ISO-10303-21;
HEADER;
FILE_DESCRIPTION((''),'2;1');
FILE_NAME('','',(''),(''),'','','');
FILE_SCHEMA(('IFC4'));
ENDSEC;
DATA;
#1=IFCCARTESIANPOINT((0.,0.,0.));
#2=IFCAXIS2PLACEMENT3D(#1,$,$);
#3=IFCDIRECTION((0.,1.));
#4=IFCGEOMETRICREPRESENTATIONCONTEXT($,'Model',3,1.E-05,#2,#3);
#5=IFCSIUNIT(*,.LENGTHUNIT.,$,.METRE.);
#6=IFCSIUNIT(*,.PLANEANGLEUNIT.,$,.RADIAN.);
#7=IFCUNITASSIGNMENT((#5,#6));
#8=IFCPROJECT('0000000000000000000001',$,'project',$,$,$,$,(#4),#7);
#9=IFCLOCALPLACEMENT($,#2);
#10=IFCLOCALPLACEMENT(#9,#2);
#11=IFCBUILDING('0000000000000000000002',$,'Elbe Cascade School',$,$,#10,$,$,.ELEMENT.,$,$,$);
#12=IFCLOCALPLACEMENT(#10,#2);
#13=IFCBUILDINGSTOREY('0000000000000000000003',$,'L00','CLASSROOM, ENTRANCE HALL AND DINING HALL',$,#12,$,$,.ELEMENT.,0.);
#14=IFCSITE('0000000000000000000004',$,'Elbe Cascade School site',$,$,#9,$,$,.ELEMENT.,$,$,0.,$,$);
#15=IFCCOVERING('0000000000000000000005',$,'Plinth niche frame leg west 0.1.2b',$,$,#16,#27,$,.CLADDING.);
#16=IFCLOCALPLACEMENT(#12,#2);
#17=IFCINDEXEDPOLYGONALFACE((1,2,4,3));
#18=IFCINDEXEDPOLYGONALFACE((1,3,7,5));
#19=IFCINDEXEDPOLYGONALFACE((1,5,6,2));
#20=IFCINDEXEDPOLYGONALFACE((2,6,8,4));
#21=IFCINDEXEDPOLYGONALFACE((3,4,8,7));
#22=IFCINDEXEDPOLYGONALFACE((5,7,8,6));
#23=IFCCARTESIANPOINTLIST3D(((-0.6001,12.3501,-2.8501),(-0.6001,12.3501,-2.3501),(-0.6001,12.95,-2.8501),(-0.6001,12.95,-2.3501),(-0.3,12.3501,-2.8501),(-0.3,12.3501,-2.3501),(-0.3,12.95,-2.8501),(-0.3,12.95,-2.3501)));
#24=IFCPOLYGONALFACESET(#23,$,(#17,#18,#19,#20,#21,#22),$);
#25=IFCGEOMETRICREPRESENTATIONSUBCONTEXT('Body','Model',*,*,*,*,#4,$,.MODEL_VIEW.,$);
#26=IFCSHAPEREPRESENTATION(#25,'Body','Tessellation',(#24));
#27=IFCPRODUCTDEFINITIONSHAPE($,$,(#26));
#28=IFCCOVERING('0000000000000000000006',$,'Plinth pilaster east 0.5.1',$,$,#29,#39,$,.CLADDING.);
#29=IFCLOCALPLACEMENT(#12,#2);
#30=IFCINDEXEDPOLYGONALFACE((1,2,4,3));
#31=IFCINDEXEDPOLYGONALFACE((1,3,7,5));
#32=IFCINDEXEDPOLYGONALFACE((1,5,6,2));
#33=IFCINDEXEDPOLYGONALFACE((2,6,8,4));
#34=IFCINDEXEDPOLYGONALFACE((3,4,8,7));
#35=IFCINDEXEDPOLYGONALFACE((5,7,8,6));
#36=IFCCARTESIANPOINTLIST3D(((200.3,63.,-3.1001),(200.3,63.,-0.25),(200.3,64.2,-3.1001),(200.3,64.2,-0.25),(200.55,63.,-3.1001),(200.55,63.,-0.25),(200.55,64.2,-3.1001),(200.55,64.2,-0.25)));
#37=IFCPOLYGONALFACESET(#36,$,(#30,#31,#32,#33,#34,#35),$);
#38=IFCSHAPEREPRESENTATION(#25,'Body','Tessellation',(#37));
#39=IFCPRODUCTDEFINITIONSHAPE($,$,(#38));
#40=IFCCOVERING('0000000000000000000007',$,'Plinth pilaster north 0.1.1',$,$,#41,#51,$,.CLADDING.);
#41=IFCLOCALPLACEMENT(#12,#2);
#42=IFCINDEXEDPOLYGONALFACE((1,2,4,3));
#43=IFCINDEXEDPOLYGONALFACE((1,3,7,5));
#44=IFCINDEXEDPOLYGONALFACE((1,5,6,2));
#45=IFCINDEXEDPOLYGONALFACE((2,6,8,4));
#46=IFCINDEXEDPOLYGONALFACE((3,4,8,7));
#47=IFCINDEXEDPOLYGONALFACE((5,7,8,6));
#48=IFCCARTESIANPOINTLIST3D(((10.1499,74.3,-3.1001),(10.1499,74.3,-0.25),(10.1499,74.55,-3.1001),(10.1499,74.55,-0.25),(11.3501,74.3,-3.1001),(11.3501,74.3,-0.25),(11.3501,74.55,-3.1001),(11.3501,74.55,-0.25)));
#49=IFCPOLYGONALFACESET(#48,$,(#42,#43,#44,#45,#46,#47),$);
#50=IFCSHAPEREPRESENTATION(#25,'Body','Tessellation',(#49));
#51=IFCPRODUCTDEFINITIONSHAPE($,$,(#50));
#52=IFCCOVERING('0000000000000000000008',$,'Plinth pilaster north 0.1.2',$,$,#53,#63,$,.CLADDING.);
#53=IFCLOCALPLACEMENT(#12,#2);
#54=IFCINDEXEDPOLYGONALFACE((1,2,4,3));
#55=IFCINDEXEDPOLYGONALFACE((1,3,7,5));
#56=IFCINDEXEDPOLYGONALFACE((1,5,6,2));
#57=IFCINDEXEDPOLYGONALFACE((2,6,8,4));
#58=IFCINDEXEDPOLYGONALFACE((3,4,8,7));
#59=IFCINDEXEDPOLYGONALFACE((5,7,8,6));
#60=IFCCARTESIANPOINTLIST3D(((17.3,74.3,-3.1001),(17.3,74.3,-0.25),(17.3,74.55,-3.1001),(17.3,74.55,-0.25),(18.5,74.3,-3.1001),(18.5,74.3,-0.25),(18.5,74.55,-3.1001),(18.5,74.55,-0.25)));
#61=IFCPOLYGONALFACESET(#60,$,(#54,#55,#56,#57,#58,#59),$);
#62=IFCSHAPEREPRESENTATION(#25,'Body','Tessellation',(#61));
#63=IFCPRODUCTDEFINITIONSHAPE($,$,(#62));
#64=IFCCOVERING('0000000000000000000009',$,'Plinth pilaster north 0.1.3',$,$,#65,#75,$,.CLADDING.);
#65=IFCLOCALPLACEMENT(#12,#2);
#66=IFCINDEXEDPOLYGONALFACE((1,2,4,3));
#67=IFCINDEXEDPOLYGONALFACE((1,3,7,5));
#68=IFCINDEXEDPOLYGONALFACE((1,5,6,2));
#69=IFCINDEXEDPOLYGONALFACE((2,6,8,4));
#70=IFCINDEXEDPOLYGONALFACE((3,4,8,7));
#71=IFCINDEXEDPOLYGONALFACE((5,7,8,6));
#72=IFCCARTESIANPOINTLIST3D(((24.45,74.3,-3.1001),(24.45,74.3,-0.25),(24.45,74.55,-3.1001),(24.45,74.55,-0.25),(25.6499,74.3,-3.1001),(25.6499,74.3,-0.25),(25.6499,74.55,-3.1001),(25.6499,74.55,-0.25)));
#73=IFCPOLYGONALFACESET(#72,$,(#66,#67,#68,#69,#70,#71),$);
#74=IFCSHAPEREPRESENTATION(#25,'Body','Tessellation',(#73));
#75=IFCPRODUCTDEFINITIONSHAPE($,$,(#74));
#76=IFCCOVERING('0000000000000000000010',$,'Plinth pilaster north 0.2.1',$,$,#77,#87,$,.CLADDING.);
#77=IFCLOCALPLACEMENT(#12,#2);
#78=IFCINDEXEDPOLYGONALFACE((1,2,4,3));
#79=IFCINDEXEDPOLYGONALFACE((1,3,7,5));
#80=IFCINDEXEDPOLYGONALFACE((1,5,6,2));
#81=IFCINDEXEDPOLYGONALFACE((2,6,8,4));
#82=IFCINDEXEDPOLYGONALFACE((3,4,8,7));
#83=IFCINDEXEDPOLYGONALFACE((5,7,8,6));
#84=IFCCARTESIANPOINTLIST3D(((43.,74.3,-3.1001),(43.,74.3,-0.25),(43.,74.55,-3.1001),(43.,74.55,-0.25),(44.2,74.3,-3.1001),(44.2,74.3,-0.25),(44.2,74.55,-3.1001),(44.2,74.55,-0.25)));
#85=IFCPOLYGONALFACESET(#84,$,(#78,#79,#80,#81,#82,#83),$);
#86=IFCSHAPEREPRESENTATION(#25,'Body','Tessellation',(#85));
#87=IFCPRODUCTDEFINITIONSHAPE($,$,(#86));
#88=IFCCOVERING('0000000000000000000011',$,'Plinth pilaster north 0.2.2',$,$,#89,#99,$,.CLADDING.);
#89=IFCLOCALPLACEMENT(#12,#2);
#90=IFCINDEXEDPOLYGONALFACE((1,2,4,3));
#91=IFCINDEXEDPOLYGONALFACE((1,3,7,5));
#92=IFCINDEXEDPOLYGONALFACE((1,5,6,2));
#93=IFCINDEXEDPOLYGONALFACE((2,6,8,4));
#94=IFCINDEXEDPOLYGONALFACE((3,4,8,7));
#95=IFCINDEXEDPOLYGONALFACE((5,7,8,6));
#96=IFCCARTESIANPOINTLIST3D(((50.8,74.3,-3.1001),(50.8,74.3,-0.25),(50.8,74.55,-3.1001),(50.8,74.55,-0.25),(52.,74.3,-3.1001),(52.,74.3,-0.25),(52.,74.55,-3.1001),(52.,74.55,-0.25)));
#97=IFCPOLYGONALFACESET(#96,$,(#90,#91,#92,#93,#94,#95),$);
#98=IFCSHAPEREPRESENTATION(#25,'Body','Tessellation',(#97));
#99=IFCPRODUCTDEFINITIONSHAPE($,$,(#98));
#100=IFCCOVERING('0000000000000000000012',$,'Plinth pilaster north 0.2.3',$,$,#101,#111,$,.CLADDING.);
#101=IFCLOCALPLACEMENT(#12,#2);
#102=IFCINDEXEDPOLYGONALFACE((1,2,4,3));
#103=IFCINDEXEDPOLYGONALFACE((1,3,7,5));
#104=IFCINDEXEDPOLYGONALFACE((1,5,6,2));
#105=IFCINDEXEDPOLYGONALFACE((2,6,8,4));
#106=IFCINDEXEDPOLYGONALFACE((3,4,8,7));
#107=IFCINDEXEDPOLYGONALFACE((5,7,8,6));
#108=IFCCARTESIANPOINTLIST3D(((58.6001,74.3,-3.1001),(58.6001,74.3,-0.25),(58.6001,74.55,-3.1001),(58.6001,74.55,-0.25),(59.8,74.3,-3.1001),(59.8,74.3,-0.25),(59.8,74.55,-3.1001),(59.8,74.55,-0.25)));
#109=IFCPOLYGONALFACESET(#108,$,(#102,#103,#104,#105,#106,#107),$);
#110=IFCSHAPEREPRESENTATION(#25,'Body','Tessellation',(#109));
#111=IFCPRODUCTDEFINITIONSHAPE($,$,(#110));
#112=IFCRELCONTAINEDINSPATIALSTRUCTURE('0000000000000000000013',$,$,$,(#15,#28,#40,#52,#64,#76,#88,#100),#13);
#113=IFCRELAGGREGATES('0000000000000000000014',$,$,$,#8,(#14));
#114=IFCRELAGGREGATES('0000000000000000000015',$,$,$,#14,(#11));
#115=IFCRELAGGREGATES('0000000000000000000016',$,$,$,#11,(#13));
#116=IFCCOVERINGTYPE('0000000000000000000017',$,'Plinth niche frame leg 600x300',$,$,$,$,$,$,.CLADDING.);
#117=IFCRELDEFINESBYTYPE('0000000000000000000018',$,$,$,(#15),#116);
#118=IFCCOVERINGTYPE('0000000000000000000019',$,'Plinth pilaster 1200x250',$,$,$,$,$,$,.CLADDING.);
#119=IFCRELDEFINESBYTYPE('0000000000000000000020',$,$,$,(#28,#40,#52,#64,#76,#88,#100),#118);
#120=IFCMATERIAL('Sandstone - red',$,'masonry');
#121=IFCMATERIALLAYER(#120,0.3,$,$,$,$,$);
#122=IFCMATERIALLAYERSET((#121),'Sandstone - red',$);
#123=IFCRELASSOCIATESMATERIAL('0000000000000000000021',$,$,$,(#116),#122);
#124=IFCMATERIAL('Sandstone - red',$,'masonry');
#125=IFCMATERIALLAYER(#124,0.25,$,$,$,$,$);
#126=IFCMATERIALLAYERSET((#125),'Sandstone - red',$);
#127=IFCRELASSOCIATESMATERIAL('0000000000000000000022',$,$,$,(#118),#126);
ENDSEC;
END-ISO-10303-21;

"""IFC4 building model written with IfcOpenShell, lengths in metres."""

from ifc_helpers import new_model, si_unit, direction, frame, origin, place, context, subcontext, project, spatial, polyline, outline, extrude, material, layer, layer_set, type_object, element, save


model = new_model("IFC4")

# Units and contexts
model_context = context("Model", 3, precision=1e-05, world=origin(), true_north=direction((0.0, 1.0)))
body_context = subcontext(model_context, "Body", "Model", "MODEL_VIEW")
ifc_project = project(units=[si_unit("LENGTHUNIT", "METRE"), si_unit("PLANEANGLEUNIT", "RADIAN")], contexts=[model_context])

# Site, building, storey
site_placement = place(None, origin())
site = spatial("IfcSite", under=ifc_project, at=site_placement, Name="Elbe Cascade School site", CompositionType="ELEMENT", RefElevation=0.0)
building_placement = place(site_placement, origin())
building = spatial("IfcBuilding", under=site, at=building_placement, Name="Elbe Cascade School", CompositionType="ELEMENT")
storey_placement = place(building_placement, origin())
storey = spatial("IfcBuildingStorey", under=building, at=storey_placement, Name="L00", Description="CLASSROOM, ENTRANCE HALL AND DINING HALL", CompositionType="ELEMENT", Elevation=0.0)

# Coverings
ifc_material_1 = material(Name="Sandstone - red", Category="masonry")
ifc_layer_1 = layer(ifc_material_1, 0.3)
ifc_layer_set_1 = layer_set([ifc_layer_1], Name="Sandstone - red")
covering_type_1 = type_object("IfcCoveringType", Name="Plinth niche frame leg 600x300", PredefinedType="CLADDING", material=ifc_layer_set_1)
covering_1_placement = place(storey_placement, frame((0.0, 0.0, -2.8501)))
element("IfcCovering", 1, at=covering_1_placement, inside=storey, type_object=covering_type_1, Name="Plinth niche frame leg west 0.1.2b", PredefinedType="CLADDING", context=body_context, shape_type="SweptSolid", body=[
    extrude(outline(polyline([(-0.6001, 12.3501), (-0.3, 12.3501), (-0.3, 12.95), (-0.6001, 12.95), (-0.6001, 12.3501)])), origin(), (0.0, 0.0, 1.0), 0.5),
])
ifc_material_2 = material(Name="Sandstone - red", Category="masonry")
ifc_layer_2 = layer(ifc_material_2, 0.25)
ifc_layer_set_2 = layer_set([ifc_layer_2], Name="Sandstone - red")
covering_type_2 = type_object("IfcCoveringType", Name="Plinth pilaster 1200x250", PredefinedType="CLADDING", material=ifc_layer_set_2)
covering_2_placement = place(storey_placement, frame((0.0, 0.0, -3.1001)))
element("IfcCovering", 2, at=covering_2_placement, inside=storey, type_object=covering_type_2, Name="Plinth pilaster east 0.5.1", PredefinedType="CLADDING", context=body_context, shape_type="SweptSolid", body=[
    extrude(outline(polyline([(200.3, 63.0), (200.55, 63.0), (200.55, 64.2), (200.3, 64.2), (200.3, 63.0)])), origin(), (0.0, 0.0, 1.0), 2.8501),
])
covering_3_placement = place(storey_placement, frame((0.0, 0.0, -3.1001)))
element("IfcCovering", 3, at=covering_3_placement, inside=storey, type_object=covering_type_2, Name="Plinth pilaster north 0.1.1", PredefinedType="CLADDING", context=body_context, shape_type="SweptSolid", body=[
    extrude(outline(polyline([(10.1499, 74.3), (11.3501, 74.3), (11.3501, 74.55), (10.1499, 74.55), (10.1499, 74.3)])), origin(), (0.0, 0.0, 1.0), 2.8501),
])
covering_4_placement = place(storey_placement, frame((0.0, 0.0, -3.1001)))
element("IfcCovering", 4, at=covering_4_placement, inside=storey, type_object=covering_type_2, Name="Plinth pilaster north 0.1.2", PredefinedType="CLADDING", context=body_context, shape_type="SweptSolid", body=[
    extrude(outline(polyline([(17.3, 74.3), (18.5, 74.3), (18.5, 74.55), (17.3, 74.55), (17.3, 74.3)])), origin(), (0.0, 0.0, 1.0), 2.8501),
])
covering_5_placement = place(storey_placement, frame((0.0, 0.0, -3.1001)))
element("IfcCovering", 5, at=covering_5_placement, inside=storey, type_object=covering_type_2, Name="Plinth pilaster north 0.1.3", PredefinedType="CLADDING", context=body_context, shape_type="SweptSolid", body=[
    extrude(outline(polyline([(24.45, 74.3), (25.6499, 74.3), (25.6499, 74.55), (24.45, 74.55), (24.45, 74.3)])), origin(), (0.0, 0.0, 1.0), 2.8501),
])
covering_6_placement = place(storey_placement, frame((0.0, 0.0, -3.1001)))
element("IfcCovering", 6, at=covering_6_placement, inside=storey, type_object=covering_type_2, Name="Plinth pilaster north 0.2.1", PredefinedType="CLADDING", context=body_context, shape_type="SweptSolid", body=[
    extrude(outline(polyline([(43.0, 74.3), (44.2, 74.3), (44.2, 74.55), (43.0, 74.55), (43.0, 74.3)])), origin(), (0.0, 0.0, 1.0), 2.8501),
])
covering_7_placement = place(storey_placement, frame((0.0, 0.0, -3.1001)))
element("IfcCovering", 7, at=covering_7_placement, inside=storey, type_object=covering_type_2, Name="Plinth pilaster north 0.2.2", PredefinedType="CLADDING", context=body_context, shape_type="SweptSolid", body=[
    extrude(outline(polyline([(50.8, 74.3), (52.0, 74.3), (52.0, 74.55), (50.8, 74.55), (50.8, 74.3)])), origin(), (0.0, 0.0, 1.0), 2.8501),
])
covering_8_placement = place(storey_placement, frame((0.0, 0.0, -3.1001)))
element("IfcCovering", 8, at=covering_8_placement, inside=storey, type_object=covering_type_2, Name="Plinth pilaster north 0.2.3", PredefinedType="CLADDING", context=body_context, shape_type="SweptSolid", body=[
    extrude(outline(polyline([(58.6001, 74.3), (59.8, 74.3), (59.8, 74.55), (58.6001, 74.55), (58.6001, 74.3)])), origin(), (0.0, 0.0, 1.0), 2.8501),
])

save(model, "model.ifc")
